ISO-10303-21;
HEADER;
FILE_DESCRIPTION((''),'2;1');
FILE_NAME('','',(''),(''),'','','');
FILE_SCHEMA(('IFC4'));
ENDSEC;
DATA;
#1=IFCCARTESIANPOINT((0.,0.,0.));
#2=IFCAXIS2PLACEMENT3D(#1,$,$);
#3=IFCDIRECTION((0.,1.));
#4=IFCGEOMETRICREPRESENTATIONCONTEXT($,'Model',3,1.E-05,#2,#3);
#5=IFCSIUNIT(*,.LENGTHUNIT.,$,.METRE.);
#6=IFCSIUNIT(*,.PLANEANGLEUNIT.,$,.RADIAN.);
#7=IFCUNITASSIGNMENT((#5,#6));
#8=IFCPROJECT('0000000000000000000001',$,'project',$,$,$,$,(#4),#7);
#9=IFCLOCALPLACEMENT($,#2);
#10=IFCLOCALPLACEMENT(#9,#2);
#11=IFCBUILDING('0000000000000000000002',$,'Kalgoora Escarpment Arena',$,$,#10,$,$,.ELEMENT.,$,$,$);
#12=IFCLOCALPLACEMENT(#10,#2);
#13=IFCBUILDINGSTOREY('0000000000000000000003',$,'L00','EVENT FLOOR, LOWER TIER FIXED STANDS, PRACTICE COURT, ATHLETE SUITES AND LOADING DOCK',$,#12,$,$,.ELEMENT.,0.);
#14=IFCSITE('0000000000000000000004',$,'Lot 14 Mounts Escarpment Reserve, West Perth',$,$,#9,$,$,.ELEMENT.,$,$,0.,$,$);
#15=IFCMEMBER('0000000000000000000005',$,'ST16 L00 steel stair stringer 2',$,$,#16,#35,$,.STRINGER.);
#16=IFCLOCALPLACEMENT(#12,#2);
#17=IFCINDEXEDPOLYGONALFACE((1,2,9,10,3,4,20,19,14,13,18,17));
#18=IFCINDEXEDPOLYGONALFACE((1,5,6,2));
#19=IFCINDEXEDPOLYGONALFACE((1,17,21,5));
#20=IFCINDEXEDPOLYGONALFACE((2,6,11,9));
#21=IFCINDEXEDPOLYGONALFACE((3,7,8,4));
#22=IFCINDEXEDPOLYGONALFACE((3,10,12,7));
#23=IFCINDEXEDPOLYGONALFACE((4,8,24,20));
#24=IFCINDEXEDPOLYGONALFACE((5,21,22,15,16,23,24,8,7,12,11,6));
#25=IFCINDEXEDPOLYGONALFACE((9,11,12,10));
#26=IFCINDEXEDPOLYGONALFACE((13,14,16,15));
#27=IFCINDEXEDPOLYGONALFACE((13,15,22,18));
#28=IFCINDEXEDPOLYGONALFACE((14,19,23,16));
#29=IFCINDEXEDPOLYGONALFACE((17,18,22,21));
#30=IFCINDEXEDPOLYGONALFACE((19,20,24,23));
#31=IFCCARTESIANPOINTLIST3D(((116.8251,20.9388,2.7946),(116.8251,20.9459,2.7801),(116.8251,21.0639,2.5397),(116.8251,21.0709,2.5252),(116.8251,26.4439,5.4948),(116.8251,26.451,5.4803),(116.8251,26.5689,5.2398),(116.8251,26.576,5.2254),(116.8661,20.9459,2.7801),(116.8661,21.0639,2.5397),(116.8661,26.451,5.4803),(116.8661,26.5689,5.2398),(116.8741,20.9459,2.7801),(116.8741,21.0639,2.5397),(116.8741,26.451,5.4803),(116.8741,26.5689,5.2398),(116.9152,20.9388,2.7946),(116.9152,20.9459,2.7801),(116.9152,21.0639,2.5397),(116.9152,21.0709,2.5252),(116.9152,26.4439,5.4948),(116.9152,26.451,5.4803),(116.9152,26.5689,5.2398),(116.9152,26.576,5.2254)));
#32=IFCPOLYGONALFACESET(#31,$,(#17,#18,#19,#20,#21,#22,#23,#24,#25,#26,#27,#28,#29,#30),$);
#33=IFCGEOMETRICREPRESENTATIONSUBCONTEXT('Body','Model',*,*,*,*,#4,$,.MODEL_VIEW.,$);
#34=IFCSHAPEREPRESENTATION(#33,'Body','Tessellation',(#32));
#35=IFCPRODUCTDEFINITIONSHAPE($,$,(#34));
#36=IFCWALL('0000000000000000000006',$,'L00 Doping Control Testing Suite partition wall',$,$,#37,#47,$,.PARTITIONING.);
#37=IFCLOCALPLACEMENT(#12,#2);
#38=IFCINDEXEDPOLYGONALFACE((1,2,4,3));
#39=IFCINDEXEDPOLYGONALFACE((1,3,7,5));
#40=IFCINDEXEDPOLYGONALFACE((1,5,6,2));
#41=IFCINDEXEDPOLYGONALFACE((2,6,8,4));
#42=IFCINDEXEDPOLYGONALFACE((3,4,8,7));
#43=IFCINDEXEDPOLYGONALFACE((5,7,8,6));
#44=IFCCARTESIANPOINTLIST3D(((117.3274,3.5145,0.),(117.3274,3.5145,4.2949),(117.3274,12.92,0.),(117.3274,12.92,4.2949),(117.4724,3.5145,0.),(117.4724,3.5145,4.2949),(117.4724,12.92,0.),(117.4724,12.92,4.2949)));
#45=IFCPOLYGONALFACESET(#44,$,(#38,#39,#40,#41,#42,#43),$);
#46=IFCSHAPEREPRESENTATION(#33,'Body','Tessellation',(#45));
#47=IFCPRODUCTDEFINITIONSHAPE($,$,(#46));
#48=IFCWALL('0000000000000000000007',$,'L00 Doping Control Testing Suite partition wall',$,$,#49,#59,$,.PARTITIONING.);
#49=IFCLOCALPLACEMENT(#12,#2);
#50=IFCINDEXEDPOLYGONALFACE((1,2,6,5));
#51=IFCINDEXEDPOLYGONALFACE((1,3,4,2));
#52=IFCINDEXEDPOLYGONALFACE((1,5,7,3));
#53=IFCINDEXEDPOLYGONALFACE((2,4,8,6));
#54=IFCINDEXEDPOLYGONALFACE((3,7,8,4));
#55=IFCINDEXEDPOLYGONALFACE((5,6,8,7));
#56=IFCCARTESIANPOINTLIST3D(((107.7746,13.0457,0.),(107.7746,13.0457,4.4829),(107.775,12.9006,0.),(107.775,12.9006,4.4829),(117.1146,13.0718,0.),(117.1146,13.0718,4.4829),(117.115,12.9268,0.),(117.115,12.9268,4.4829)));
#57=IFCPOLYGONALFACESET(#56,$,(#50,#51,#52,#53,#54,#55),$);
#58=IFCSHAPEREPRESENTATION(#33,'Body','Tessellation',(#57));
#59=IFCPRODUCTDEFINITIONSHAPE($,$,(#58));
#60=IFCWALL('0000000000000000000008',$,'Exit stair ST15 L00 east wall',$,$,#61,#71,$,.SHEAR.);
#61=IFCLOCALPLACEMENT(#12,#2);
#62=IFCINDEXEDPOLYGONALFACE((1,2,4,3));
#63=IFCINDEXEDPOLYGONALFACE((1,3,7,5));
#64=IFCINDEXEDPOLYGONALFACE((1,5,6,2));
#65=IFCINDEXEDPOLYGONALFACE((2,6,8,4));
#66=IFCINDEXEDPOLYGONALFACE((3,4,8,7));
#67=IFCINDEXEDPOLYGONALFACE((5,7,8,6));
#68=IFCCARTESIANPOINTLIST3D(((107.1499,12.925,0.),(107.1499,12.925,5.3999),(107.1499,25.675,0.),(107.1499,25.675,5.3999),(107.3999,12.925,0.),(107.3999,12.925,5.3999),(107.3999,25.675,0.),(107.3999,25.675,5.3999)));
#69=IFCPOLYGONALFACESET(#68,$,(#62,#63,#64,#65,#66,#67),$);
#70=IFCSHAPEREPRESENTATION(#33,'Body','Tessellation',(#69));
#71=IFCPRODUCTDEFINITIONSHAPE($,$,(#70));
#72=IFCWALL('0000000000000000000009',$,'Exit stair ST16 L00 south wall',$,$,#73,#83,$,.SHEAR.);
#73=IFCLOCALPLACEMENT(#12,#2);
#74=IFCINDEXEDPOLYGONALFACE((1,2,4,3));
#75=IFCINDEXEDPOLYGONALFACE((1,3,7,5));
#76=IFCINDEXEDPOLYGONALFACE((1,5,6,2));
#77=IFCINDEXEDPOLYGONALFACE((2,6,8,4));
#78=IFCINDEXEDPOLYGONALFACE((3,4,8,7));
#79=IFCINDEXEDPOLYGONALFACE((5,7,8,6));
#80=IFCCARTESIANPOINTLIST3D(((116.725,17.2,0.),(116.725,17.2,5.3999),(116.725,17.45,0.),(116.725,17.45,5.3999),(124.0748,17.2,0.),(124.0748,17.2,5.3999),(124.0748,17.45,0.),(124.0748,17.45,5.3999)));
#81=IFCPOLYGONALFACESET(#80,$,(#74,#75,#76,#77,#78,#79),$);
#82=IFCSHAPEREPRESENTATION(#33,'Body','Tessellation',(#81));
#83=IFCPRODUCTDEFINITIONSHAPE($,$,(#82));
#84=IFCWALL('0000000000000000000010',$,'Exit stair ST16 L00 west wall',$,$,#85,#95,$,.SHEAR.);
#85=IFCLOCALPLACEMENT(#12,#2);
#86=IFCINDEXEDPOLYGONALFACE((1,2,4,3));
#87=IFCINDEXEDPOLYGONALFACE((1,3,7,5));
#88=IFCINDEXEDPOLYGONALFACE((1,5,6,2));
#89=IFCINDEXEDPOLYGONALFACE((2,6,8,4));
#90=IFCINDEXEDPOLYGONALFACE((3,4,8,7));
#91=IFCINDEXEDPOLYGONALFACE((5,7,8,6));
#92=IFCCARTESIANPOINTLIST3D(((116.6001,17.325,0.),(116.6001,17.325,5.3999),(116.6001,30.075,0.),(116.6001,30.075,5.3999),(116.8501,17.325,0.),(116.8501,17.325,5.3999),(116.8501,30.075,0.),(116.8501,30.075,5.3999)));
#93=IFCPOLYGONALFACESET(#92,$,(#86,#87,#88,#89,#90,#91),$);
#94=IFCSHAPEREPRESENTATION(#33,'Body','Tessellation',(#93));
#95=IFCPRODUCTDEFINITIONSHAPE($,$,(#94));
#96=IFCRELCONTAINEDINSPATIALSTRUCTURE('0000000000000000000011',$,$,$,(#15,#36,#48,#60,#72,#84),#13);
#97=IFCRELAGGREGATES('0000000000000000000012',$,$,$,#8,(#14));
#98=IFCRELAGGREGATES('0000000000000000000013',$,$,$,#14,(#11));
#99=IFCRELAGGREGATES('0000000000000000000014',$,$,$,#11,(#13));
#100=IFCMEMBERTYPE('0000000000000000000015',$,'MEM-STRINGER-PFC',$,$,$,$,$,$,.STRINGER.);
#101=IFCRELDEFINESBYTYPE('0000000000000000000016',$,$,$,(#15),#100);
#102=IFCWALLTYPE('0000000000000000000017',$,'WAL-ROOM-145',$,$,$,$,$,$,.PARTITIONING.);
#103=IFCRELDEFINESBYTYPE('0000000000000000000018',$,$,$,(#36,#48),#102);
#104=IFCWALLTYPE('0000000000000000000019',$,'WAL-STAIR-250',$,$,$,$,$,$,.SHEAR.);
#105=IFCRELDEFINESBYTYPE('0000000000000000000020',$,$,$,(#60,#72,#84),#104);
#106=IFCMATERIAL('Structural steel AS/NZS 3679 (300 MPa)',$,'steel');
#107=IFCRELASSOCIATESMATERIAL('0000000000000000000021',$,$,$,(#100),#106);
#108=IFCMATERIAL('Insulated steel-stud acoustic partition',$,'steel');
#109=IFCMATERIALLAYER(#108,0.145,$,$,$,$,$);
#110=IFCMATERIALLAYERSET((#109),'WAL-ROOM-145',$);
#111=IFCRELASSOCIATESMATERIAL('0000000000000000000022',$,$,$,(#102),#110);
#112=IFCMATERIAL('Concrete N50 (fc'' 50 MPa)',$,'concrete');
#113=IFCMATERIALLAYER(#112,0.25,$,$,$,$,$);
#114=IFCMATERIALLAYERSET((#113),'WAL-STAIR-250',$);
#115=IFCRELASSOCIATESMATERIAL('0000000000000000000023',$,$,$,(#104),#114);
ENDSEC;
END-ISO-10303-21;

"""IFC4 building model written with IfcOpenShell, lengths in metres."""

from ifc_helpers import new_model, si_unit, direction, frame, frame_2d, origin, origin_2d, place, context, subcontext, project, spatial, rectangle, i_section, extrude, material, layer, layer_set, material_profile, profile_set, type_object, element, save


model = new_model("IFC4")

# Units and contexts
model_context = context("Model", 3, precision=1e-05, world=origin(), true_north=direction((0.0, 1.0)))
body_context = subcontext(model_context, "Body", "Model", "MODEL_VIEW")
ifc_project = project(units=[si_unit("LENGTHUNIT", "METRE"), si_unit("PLANEANGLEUNIT", "RADIAN")], contexts=[model_context])

# Site, building, storey
site_placement = place(None, origin())
site = spatial("IfcSite", under=ifc_project, at=site_placement, Name="Lot 14 Mounts Escarpment Reserve, West Perth", CompositionType="ELEMENT", RefElevation=0.0)
building_placement = place(site_placement, origin())
building = spatial("IfcBuilding", under=site, at=building_placement, Name="Kalgoora Escarpment Arena", CompositionType="ELEMENT")
storey_placement = place(building_placement, origin())
storey = spatial("IfcBuildingStorey", under=building, at=storey_placement, Name="L00", Description="EVENT FLOOR, LOWER TIER FIXED STANDS, PRACTICE COURT, ATHLETE SUITES AND LOADING DOCK", CompositionType="ELEMENT", Elevation=0.0)

# Member
ifc_material_1 = material(Name="Structural steel AS/NZS 3679 (300 MPa)", Category="steel")
ifc_material_profile_1 = material_profile(ifc_material_1, i_section(OverallWidth=0.0901, OverallDepth=0.3, WebThickness=0.0081, FlangeThickness=0.0161, at=origin_2d()))
ifc_profile_set_1 = profile_set([ifc_material_profile_1], Name="Structural steel AS/NZS 3679 (300 MPa)")
member_type = type_object("IfcMemberType", Name="MEM-STRINGER-PFC", PredefinedType="STRINGER", material=ifc_profile_set_1)
member_1_placement = place(storey_placement, frame((116.8701, 21.0049, 2.6599), z_axis=(0.0, 0.897817, 0.440368), x_axis=(-1.0, 0.0, 0.0)))
element("IfcMember", 1, at=member_1_placement, inside=storey, type_object=member_type, Name="ST16 L00 steel stair stringer 2", PredefinedType="STRINGER", context=body_context, shape_type="SweptSolid", body=[
    extrude(i_section(OverallWidth=0.0901, OverallDepth=0.3, WebThickness=0.0081, FlangeThickness=0.0161, at=origin_2d()), origin(), (0.0, 0.0, 1.0), 6.1316),
])

# Walls
ifc_material_2 = material(Name="Insulated steel-stud acoustic partition", Category="steel")
ifc_layer_1 = layer(ifc_material_2, 0.145)
ifc_layer_set_1 = layer_set([ifc_layer_1], Name="WAL-ROOM-145")
wall_type_1 = type_object("IfcWallType", Name="WAL-ROOM-145", PredefinedType="PARTITIONING", material=ifc_layer_set_1)
wall_1_placement = place(storey_placement, frame((117.3999, 12.9199, 0.0), z_axis=(0.0, 0.0, 1.0), x_axis=(0.0, -1.0, 0.0)))
element("IfcWall", 2, at=wall_1_placement, inside=storey, type_object=wall_type_1, Name="L00 Doping Control Testing Suite partition wall", PredefinedType="PARTITIONING", context=body_context, shape_type="SweptSolid", body=[
    extrude(rectangle(XDim=9.4055, YDim=0.145, at=frame_2d((4.7026, 0.0))), origin(), (0.0, 0.0, 1.0), 4.2949),
])
wall_2_placement = place(storey_placement, frame((107.7749, 12.9731, 0.0), z_axis=(0.0, 0.0, 1.0), x_axis=(0.999996, 0.002797, 0.0)))
element("IfcWall", 3, at=wall_2_placement, inside=storey, type_object=wall_type_1, Name="L00 Doping Control Testing Suite partition wall", PredefinedType="PARTITIONING", context=body_context, shape_type="SweptSolid", body=[
    extrude(rectangle(XDim=9.3401, YDim=0.145, at=frame_2d((4.6699, 0.0))), origin(), (0.0, 0.0, 1.0), 4.4829),
])
ifc_material_3 = material(Name="Concrete N50 (fc' 50 MPa)", Category="concrete")
ifc_layer_2 = layer(ifc_material_3, 0.25)
ifc_layer_set_2 = layer_set([ifc_layer_2], Name="WAL-STAIR-250")
wall_type_2 = type_object("IfcWallType", Name="WAL-STAIR-250", PredefinedType="SHEAR", material=ifc_layer_set_2)
wall_3_placement = place(storey_placement, frame((107.2749, 12.925, 0.0), z_axis=(0.0, 0.0, 1.0), x_axis=(0.0, 1.0, 0.0)))
element("IfcWall", 4, at=wall_3_placement, inside=storey, type_object=wall_type_2, Name="Exit stair ST15 L00 east wall", PredefinedType="SHEAR", context=body_context, shape_type="SweptSolid", body=[
    extrude(rectangle(XDim=12.75, YDim=0.25, at=frame_2d((6.375, 0.0))), origin(), (0.0, 0.0, 1.0), 5.3999),
])
wall_4_placement = place(storey_placement, frame((116.7251, 17.325, 0.0), z_axis=(0.0, 0.0, 1.0), x_axis=(1.0, 0.0, 0.0)))
element("IfcWall", 5, at=wall_4_placement, inside=storey, type_object=wall_type_2, Name="Exit stair ST16 L00 south wall", PredefinedType="SHEAR", context=body_context, shape_type="SweptSolid", body=[
    extrude(rectangle(XDim=7.3499, YDim=0.25, at=frame_2d((3.6748, 0.0))), origin(), (0.0, 0.0, 1.0), 5.3999),
])
wall_5_placement = place(storey_placement, frame((116.7251, 17.325, 0.0), z_axis=(0.0, 0.0, 1.0), x_axis=(0.0, 1.0, 0.0)))
element("IfcWall", 6, at=wall_5_placement, inside=storey, type_object=wall_type_2, Name="Exit stair ST16 L00 west wall", PredefinedType="SHEAR", context=body_context, shape_type="SweptSolid", body=[
    extrude(rectangle(XDim=12.75, YDim=0.25, at=frame_2d((6.375, 0.0))), origin(), (0.0, 0.0, 1.0), 5.3999),
])

save(model, "model.ifc")
